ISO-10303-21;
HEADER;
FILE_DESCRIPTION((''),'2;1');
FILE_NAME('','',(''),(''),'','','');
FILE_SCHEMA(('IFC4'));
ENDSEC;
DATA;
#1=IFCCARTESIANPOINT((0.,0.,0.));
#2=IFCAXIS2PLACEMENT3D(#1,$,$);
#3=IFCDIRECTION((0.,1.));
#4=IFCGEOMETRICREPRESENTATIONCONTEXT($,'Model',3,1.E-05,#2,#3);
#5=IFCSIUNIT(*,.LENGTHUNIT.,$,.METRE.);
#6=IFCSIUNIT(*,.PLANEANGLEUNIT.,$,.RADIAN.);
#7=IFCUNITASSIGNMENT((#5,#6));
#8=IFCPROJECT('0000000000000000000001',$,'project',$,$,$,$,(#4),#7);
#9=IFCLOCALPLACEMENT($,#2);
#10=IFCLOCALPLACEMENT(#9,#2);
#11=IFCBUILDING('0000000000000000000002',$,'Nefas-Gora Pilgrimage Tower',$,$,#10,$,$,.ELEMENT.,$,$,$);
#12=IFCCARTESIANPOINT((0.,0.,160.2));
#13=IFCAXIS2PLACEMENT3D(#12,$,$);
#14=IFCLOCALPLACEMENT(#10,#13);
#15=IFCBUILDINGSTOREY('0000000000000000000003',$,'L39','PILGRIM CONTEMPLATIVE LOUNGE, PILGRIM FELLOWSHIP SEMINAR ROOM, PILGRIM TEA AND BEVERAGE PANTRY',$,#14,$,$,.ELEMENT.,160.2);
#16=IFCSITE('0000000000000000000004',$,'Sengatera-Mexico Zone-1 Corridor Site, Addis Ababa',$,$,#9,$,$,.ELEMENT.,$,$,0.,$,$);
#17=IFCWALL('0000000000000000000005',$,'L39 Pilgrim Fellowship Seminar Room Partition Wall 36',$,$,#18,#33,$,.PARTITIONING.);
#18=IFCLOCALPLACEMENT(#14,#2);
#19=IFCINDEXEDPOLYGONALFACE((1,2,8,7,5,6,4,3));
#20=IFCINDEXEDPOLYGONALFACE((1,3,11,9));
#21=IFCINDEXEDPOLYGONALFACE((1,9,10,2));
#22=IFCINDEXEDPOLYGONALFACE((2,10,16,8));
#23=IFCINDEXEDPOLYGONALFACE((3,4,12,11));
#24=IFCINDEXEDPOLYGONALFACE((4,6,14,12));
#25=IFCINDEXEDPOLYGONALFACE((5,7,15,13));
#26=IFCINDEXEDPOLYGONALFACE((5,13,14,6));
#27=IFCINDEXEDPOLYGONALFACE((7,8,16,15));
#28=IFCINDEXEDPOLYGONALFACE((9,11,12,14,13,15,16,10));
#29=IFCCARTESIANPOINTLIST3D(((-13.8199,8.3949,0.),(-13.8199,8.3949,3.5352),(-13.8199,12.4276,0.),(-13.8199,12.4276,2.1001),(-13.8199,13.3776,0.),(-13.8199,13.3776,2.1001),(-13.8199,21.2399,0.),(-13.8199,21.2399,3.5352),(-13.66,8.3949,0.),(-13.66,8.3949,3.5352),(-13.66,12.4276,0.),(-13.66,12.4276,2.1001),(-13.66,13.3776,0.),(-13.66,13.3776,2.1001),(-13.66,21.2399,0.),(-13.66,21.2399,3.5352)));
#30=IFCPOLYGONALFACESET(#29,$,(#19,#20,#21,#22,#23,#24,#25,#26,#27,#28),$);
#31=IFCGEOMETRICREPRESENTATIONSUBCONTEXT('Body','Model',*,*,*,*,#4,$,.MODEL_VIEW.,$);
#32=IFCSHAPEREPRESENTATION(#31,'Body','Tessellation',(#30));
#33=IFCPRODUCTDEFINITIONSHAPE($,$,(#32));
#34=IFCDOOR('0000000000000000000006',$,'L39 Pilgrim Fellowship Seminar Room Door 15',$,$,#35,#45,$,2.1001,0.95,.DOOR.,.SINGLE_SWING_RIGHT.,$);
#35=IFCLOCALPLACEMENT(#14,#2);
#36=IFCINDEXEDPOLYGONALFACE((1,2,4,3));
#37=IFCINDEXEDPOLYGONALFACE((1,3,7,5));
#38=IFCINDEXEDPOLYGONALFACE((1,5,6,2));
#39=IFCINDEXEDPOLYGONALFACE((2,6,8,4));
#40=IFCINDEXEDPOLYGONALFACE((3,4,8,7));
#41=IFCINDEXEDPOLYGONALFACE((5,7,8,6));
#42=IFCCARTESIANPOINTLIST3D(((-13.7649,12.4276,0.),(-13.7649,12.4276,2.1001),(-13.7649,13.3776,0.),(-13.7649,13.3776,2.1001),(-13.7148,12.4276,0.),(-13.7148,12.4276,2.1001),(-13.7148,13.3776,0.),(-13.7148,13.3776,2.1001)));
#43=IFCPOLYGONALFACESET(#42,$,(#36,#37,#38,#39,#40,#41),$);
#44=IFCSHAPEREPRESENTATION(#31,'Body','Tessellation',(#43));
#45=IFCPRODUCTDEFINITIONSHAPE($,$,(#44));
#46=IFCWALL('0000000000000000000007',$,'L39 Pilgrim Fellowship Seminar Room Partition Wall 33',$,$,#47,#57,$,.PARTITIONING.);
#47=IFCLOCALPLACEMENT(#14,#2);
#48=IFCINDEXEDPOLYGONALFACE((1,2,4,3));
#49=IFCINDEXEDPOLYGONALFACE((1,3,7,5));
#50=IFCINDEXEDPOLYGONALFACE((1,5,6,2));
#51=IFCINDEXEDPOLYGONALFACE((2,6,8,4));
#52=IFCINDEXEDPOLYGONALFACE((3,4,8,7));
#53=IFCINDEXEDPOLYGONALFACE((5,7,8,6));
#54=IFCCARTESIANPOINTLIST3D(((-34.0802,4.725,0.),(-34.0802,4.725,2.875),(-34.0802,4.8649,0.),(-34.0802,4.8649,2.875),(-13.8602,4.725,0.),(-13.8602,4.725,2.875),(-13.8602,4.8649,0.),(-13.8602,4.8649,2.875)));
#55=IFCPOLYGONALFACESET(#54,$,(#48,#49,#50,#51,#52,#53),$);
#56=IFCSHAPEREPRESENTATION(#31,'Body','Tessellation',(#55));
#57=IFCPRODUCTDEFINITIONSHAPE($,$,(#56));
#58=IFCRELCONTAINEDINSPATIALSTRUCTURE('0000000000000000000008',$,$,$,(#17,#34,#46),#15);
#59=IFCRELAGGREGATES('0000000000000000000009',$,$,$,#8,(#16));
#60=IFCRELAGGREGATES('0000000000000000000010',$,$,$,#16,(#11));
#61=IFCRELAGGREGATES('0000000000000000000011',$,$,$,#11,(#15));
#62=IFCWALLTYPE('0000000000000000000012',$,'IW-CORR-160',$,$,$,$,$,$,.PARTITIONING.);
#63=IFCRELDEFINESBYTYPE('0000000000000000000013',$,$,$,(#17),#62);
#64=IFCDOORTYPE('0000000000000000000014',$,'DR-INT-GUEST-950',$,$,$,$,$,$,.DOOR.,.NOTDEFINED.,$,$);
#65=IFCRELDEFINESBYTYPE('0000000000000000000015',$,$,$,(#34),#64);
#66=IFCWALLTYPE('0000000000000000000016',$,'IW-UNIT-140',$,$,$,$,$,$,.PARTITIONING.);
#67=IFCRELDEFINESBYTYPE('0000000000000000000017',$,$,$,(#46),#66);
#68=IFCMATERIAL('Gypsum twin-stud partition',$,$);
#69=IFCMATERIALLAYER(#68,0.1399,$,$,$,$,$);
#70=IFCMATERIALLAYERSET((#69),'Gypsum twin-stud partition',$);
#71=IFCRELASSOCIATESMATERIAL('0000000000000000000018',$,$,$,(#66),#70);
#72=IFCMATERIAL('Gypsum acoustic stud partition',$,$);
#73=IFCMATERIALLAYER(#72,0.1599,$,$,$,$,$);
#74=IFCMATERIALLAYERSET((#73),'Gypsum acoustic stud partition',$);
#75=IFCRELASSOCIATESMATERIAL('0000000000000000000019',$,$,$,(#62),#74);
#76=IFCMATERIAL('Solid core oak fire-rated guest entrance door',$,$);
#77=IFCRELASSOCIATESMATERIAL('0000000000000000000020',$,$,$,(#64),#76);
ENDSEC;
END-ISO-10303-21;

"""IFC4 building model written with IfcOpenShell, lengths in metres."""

from ifc_helpers import new_model, si_unit, direction, frame, frame_2d, origin, place, context, subcontext, project, spatial, rectangle, extrude, source, transform, mapped, material, layer, layer_set, type_object, element, fill, save


model = new_model("IFC4")

# Units and contexts
model_context = context("Model", 3, precision=1e-05, world=origin(), true_north=direction((0.0, 1.0)))
body_context = subcontext(model_context, "Body", "Model", "MODEL_VIEW")
ifc_project = project(units=[si_unit("LENGTHUNIT", "METRE"), si_unit("PLANEANGLEUNIT", "RADIAN")], contexts=[model_context])

# Site, building, storey
site_placement = place(None, origin())
site = spatial("IfcSite", under=ifc_project, at=site_placement, Name="Sengatera-Mexico Zone-1 Corridor Site, Addis Ababa", CompositionType="ELEMENT", RefElevation=0.0)
building_placement = place(site_placement, origin())
building = spatial("IfcBuilding", under=site, at=building_placement, Name="Nefas-Gora Pilgrimage Tower", CompositionType="ELEMENT")
storey_placement = place(building_placement, frame((0.0, 0.0, 160.2)))
storey = spatial("IfcBuildingStorey", under=building, at=storey_placement, Name="L39", Description="PILGRIM CONTEMPLATIVE LOUNGE, PILGRIM FELLOWSHIP SEMINAR ROOM, PILGRIM TEA AND BEVERAGE PANTRY", CompositionType="ELEMENT", Elevation=160.2)

# Shared definitions
ifc_material_1 = material(Name="Gypsum twin-stud partition")
ifc_layer_1 = layer(ifc_material_1, 0.1399)
ifc_layer_set_1 = layer_set([ifc_layer_1], Name="Gypsum twin-stud partition")
wall_type_1 = type_object("IfcWallType", Name="IW-UNIT-140", PredefinedType="PARTITIONING", material=ifc_layer_set_1)

# Wall, opening, door
ifc_material_2 = material(Name="Gypsum acoustic stud partition")
ifc_layer_2 = layer(ifc_material_2, 0.1599)
ifc_layer_set_2 = layer_set([ifc_layer_2], Name="Gypsum acoustic stud partition")
wall_type_2 = type_object("IfcWallType", Name="IW-CORR-160", PredefinedType="PARTITIONING", material=ifc_layer_set_2)
ifc_material_3 = material(Name="Solid core oak fire-rated guest entrance door")
door_type = type_object("IfcDoorType", Name="DR-INT-GUEST-950", OperationType="NOTDEFINED", PredefinedType="DOOR", material=ifc_material_3)
shared_shape_1 = source(origin(), body_context, "Body", "SweptSolid", [
    extrude(rectangle(XDim=0.95, YDim=2.1001, at=frame_2d((0.4751, 1.05))), frame((0.0, 0.0249, 0.0), z_axis=(0.0, -1.0, 0.0), x_axis=(1.0, 0.0, 0.0)), (0.0, 0.0, 1.0), 0.05),
])
shared_shape_2 = source(origin(), body_context, "Body", "SweptSolid", [
    extrude(rectangle(XDim=12.845, YDim=0.1599, at=frame_2d((6.4224, 0.0))), origin(), (0.0, 0.0, 1.0), 3.5352),
])
wall_1_placement = place(storey_placement, frame((-13.74, 8.395, 0.0), z_axis=(0.0, 0.0, 1.0), x_axis=(0.0, 1.0, 0.0)))
wall_1 = element("IfcWall", 1, at=wall_1_placement, inside=storey, type_object=wall_type_2, Name="L39 Pilgrim Fellowship Seminar Room Partition Wall 36", PredefinedType="PARTITIONING", context=body_context, shape_type="MappedRepresentation", body=[
    mapped(shared_shape_2, transform((0.0, 0.0, 0.0), x_axis=(1.0, 0.0, 0.0), y_axis=(0.0, 1.0, 0.0), z_axis=(0.0, 0.0, 1.0), scale=1.0)),
])
opening_1_placement = place(wall_1_placement, frame((4.0325, 0.0, 0.0)))
opening_1 = element("IfcOpeningElement", 2, at=opening_1_placement, cuts=wall_1, PredefinedType="OPENING", context=body_context, shape_type="SweptSolid", body=[
    extrude(rectangle(XDim=0.95, YDim=2.1001, at=frame_2d((0.4751, 1.05))), frame((0.0, 0.0898, 0.0), z_axis=(0.0, -1.0, 0.0), x_axis=(1.0, 0.0, 0.0)), (0.0, 0.0, 1.0), 0.1799),
])
door_1_placement = place(opening_1_placement, origin())
door_1 = element("IfcDoor", 3, at=door_1_placement, inside=storey, type_object=door_type, Name="L39 Pilgrim Fellowship Seminar Room Door 15", OperationType="SINGLE_SWING_RIGHT", OverallHeight=2.1001, OverallWidth=0.95, PredefinedType="DOOR", context=body_context, shape_type="MappedRepresentation", body=[
    mapped(shared_shape_1, transform((0.0, 0.0, 0.0), x_axis=(1.0, 0.0, 0.0), y_axis=(0.0, 1.0, 0.0), z_axis=(0.0, 0.0, 1.0), scale=1.0)),
])
fill(opening_1, door_1)

# Wall
shared_shape_3 = source(origin(), body_context, "Body", "SweptSolid", [
    extrude(rectangle(XDim=20.22, YDim=0.1399, at=frame_2d((10.1099, 0.0))), origin(), (0.0, 0.0, 1.0), 2.875),
])
wall_2_placement = place(storey_placement, frame((-34.0801, 4.7949, 0.0), z_axis=(0.0, 0.0, 1.0), x_axis=(1.0, 0.0, 0.0)))
element("IfcWall", 4, at=wall_2_placement, inside=storey, type_object=wall_type_1, Name="L39 Pilgrim Fellowship Seminar Room Partition Wall 33", PredefinedType="PARTITIONING", context=body_context, shape_type="MappedRepresentation", body=[
    mapped(shared_shape_3, transform((0.0, 0.0, 0.0), x_axis=(1.0, 0.0, 0.0), y_axis=(0.0, 1.0, 0.0), z_axis=(0.0, 0.0, 1.0), scale=1.0)),
])

save(model, "model.ifc")
